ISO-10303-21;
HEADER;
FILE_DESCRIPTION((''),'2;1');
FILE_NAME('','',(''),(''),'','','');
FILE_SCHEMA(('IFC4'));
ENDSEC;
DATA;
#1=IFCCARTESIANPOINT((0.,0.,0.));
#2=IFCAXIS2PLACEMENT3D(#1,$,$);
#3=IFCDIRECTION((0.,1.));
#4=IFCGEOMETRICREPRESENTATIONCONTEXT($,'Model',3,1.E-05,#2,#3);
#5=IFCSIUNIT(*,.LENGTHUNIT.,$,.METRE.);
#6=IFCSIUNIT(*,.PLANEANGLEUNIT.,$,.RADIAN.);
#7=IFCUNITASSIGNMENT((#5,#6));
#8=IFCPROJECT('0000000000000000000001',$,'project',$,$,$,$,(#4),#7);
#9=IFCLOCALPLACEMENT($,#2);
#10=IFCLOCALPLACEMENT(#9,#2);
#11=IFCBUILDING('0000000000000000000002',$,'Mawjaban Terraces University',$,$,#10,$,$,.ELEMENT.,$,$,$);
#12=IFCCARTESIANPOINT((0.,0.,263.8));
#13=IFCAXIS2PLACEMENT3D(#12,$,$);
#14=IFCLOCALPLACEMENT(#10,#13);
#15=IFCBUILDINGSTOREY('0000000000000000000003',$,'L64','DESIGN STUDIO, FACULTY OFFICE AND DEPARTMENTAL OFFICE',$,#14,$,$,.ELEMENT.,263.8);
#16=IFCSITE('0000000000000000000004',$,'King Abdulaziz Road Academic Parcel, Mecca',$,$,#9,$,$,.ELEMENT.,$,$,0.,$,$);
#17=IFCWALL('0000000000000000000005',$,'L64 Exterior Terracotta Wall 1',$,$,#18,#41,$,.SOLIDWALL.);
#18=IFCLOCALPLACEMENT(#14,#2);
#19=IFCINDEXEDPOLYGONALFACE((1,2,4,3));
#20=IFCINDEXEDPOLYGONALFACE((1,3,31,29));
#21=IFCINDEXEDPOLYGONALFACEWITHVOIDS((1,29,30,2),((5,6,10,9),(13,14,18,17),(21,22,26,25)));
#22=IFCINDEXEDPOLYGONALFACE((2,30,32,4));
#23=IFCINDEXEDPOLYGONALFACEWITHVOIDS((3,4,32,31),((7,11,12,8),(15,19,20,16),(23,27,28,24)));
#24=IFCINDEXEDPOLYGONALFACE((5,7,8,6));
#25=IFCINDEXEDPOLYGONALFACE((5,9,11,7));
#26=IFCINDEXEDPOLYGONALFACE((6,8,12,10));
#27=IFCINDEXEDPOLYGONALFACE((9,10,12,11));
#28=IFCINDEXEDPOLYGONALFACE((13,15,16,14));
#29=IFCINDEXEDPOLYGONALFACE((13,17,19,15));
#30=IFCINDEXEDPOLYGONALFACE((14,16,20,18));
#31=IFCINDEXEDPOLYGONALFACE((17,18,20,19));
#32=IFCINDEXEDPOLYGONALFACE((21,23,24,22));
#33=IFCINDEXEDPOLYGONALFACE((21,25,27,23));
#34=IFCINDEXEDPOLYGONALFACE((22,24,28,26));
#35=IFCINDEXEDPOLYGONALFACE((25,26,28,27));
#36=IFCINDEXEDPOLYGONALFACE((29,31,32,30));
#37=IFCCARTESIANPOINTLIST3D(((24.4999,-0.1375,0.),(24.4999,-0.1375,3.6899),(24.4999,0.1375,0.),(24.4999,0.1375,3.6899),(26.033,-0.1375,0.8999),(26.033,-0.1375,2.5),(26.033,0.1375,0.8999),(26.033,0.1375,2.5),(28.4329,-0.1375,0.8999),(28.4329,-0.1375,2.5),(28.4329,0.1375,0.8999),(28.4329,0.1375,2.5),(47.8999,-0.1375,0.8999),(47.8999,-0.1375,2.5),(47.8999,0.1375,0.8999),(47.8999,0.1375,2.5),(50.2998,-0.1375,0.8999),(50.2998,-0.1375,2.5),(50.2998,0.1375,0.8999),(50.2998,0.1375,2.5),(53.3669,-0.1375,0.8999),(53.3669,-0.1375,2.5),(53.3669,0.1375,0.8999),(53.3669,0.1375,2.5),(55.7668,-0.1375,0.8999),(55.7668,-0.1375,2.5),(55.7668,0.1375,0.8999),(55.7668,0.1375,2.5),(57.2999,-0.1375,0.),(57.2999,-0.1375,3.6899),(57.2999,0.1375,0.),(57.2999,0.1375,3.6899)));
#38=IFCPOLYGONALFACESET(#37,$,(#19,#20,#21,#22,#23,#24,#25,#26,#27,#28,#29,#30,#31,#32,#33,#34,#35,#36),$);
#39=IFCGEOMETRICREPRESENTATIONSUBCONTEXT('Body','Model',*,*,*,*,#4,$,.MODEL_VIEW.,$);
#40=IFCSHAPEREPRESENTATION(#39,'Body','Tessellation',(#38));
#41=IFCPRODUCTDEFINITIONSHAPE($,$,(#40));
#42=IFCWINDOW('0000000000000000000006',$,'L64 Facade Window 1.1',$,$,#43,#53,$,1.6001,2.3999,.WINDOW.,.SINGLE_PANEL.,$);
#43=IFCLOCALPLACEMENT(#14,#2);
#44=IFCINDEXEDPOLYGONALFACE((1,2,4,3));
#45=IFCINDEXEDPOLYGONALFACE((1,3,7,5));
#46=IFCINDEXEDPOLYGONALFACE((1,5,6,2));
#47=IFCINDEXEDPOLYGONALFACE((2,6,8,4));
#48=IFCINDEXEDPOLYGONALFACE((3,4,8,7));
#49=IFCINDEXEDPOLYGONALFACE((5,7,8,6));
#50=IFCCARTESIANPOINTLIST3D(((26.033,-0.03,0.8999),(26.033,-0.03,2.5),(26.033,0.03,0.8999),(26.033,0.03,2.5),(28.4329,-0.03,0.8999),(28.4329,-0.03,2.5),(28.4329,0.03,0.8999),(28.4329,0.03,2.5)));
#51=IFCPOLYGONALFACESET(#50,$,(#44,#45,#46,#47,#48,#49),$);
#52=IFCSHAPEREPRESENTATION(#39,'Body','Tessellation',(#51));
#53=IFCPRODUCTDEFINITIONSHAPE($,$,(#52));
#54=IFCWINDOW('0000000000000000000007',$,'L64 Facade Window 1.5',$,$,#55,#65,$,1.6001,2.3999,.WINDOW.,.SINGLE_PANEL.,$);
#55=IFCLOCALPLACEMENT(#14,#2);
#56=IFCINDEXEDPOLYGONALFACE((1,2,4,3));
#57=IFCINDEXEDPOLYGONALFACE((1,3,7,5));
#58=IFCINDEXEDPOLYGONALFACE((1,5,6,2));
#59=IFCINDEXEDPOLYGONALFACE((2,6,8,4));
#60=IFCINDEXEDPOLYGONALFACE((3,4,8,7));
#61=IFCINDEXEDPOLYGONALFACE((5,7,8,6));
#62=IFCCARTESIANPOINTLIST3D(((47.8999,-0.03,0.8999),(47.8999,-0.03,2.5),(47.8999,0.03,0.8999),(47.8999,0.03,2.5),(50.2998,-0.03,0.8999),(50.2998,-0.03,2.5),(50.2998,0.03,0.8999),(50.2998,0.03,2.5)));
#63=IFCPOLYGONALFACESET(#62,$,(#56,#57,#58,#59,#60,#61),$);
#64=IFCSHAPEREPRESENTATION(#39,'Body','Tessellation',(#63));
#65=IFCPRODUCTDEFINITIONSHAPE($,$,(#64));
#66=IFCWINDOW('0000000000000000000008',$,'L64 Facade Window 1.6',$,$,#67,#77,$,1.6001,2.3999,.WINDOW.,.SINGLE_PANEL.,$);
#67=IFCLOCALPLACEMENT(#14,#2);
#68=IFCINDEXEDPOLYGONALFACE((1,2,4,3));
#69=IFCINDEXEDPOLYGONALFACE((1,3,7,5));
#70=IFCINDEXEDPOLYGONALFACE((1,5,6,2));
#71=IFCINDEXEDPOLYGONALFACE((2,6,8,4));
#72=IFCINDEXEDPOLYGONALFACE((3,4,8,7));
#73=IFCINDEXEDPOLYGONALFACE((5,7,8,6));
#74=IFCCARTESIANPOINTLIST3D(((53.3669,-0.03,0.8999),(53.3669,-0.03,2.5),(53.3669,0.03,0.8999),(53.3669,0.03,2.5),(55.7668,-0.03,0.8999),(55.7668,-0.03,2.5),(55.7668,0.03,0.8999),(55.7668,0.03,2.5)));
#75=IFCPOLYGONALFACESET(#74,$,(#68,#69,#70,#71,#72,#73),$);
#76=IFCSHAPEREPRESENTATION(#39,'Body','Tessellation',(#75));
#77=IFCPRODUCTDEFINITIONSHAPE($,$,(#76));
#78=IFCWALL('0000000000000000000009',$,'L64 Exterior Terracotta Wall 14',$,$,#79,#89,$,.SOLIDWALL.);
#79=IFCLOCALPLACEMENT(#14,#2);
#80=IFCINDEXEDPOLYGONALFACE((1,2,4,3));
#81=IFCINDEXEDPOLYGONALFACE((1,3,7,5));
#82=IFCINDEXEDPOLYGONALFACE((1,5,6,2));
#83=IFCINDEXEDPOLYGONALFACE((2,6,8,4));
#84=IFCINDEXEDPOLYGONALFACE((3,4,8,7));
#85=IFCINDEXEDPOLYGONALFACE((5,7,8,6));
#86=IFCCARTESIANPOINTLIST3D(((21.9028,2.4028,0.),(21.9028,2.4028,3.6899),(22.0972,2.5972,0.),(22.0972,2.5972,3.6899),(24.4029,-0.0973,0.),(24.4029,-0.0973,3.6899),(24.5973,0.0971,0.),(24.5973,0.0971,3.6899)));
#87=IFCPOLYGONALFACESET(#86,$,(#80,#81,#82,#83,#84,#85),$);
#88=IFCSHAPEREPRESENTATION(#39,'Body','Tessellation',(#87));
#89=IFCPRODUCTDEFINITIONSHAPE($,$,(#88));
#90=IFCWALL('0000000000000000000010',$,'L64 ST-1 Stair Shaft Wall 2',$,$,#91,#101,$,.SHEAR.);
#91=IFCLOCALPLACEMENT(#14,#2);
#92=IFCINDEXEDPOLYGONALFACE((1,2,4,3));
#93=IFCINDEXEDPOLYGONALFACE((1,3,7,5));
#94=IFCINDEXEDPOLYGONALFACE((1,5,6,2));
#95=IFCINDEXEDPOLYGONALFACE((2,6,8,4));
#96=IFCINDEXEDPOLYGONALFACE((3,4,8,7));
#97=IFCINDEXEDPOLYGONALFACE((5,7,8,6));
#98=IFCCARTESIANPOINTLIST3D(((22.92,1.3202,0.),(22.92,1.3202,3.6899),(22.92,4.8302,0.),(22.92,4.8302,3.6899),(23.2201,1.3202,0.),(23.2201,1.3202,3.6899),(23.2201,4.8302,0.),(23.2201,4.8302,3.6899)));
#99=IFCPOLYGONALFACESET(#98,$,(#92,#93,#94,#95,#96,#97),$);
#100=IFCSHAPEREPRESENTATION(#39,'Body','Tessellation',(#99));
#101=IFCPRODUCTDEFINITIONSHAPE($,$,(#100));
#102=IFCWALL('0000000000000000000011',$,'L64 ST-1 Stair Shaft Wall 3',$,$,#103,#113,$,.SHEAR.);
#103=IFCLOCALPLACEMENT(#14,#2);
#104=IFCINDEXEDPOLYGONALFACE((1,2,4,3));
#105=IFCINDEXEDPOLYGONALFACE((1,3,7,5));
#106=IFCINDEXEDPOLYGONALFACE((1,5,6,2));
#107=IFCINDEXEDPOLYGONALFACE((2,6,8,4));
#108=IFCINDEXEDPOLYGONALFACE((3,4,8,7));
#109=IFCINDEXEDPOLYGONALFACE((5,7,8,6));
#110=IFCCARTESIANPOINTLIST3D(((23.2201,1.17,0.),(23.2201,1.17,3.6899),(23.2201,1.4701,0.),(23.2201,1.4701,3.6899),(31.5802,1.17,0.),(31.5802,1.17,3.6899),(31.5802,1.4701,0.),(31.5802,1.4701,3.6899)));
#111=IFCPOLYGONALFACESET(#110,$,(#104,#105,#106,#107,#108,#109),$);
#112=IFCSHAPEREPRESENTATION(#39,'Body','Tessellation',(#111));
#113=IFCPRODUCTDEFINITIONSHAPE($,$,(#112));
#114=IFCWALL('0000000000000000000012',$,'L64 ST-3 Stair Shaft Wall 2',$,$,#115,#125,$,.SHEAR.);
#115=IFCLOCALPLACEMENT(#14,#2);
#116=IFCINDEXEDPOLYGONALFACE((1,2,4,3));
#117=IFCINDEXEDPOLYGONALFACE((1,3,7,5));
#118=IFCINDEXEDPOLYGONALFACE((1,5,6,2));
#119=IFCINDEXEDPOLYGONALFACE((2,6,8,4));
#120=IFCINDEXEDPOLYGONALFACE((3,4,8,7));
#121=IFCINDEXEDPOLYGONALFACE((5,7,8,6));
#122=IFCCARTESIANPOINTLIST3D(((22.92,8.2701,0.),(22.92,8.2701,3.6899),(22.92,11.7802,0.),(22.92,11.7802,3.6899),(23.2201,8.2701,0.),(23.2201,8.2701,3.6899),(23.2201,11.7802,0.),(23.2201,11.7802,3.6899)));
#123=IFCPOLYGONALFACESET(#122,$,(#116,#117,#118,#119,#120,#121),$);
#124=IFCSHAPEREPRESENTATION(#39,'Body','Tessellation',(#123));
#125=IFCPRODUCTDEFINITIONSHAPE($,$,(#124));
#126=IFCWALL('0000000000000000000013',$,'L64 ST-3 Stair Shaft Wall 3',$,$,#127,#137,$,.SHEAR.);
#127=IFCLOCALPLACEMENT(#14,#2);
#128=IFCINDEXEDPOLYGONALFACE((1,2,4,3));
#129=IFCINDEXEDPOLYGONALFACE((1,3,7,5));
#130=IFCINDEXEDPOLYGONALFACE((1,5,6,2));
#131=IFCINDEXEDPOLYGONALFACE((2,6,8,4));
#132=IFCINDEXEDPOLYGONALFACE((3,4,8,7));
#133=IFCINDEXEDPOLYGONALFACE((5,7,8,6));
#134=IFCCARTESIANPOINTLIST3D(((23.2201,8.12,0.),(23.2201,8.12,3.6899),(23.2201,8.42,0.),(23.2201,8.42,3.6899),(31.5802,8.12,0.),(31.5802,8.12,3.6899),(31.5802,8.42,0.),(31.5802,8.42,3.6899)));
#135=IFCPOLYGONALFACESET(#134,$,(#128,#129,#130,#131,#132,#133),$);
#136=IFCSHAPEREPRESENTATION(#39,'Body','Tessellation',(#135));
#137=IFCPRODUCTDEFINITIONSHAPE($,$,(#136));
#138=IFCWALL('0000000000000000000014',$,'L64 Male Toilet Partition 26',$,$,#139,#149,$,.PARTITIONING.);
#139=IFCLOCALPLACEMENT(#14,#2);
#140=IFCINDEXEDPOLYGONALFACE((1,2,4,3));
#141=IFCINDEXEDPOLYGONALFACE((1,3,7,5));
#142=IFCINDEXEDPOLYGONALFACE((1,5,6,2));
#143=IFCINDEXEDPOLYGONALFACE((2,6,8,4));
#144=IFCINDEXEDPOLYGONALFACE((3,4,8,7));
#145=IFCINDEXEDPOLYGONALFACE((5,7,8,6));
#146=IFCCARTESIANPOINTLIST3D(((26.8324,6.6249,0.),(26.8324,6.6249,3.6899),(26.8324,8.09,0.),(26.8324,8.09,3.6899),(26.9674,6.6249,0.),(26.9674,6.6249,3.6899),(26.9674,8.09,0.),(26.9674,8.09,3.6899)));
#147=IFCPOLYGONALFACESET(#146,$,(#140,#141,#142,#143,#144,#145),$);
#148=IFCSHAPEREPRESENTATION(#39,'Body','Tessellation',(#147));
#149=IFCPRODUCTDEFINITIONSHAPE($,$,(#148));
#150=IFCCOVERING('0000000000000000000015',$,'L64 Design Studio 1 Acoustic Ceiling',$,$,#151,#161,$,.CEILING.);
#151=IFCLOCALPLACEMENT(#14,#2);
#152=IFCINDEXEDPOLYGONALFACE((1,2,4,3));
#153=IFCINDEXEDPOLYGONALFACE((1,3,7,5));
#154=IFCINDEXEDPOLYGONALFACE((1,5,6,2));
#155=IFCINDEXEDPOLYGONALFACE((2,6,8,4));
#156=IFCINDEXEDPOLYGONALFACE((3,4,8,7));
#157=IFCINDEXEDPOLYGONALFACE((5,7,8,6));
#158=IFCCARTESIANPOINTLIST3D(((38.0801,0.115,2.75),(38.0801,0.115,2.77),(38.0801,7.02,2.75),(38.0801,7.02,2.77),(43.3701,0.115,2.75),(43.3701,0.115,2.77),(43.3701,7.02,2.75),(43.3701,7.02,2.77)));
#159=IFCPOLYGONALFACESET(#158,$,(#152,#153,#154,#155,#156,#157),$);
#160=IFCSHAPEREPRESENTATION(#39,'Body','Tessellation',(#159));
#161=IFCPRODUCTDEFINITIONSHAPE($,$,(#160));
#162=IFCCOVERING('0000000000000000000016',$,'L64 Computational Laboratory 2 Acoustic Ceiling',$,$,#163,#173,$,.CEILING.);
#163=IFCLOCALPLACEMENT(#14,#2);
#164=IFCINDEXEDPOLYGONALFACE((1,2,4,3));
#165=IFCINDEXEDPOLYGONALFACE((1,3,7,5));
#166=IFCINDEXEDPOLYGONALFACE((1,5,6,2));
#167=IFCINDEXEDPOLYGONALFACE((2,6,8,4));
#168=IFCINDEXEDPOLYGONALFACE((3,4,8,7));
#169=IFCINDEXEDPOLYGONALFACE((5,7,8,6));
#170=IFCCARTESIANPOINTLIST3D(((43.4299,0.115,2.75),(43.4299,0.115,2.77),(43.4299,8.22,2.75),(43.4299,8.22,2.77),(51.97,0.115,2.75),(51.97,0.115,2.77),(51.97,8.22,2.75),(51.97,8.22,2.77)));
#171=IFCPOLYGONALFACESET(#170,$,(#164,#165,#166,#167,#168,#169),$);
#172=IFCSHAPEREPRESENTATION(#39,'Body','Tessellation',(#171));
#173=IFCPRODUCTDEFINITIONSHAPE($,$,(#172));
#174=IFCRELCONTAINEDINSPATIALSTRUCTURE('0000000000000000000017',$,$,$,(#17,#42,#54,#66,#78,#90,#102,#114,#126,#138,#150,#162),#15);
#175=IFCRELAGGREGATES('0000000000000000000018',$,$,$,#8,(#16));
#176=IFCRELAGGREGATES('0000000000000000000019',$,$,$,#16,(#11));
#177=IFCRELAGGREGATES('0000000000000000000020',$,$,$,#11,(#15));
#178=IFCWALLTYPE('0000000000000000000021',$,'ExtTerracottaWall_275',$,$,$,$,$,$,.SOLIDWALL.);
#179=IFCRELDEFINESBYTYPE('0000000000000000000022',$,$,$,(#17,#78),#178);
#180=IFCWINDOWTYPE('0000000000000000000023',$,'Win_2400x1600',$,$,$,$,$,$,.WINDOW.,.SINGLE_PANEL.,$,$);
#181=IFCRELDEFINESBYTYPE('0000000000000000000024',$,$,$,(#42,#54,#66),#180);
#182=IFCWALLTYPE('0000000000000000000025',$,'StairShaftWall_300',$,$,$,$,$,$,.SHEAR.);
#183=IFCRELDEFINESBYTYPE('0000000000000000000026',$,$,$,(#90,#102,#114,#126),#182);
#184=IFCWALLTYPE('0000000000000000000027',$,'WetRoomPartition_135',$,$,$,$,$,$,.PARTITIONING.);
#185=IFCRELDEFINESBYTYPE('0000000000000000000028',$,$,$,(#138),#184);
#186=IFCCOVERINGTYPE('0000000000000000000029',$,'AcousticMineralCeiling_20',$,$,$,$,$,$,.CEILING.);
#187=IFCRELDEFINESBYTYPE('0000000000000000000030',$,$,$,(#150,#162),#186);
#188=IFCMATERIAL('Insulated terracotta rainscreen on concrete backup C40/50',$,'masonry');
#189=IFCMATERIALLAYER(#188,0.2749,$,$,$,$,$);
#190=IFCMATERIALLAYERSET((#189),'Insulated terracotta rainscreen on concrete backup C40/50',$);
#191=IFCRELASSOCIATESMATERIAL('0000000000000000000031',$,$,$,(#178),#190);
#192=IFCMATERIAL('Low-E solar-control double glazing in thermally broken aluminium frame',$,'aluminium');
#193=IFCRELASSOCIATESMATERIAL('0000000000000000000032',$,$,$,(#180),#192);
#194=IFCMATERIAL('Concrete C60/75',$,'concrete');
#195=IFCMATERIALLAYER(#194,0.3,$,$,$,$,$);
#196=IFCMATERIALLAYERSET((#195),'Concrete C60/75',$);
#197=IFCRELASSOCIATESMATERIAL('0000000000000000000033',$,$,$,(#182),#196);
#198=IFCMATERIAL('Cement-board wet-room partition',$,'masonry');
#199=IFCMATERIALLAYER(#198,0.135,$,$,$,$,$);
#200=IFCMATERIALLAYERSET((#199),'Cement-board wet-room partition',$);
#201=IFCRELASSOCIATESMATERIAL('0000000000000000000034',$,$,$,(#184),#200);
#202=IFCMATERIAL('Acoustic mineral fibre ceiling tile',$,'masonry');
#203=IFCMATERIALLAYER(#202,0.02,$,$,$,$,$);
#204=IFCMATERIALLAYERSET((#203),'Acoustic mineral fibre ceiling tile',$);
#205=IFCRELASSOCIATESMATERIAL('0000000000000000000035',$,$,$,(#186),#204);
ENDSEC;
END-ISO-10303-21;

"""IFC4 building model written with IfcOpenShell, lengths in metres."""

from ifc_helpers import new_model, si_unit, direction, frame, frame_2d, origin, place, context, subcontext, project, spatial, polyline, rectangle, outline, extrude, material, layer, layer_set, type_object, element, fill, save


model = new_model("IFC4")

# Units and contexts
model_context = context("Model", 3, precision=1e-05, world=origin(), true_north=direction((0.0, 1.0)))
body_context = subcontext(model_context, "Body", "Model", "MODEL_VIEW")
ifc_project = project(units=[si_unit("LENGTHUNIT", "METRE"), si_unit("PLANEANGLEUNIT", "RADIAN")], contexts=[model_context])

# Site, building, storey
site_placement = place(None, origin())
site = spatial("IfcSite", under=ifc_project, at=site_placement, Name="King Abdulaziz Road Academic Parcel, Mecca", CompositionType="ELEMENT", RefElevation=0.0)
building_placement = place(site_placement, origin())
building = spatial("IfcBuilding", under=site, at=building_placement, Name="Mawjaban Terraces University", CompositionType="ELEMENT")
storey_placement = place(building_placement, frame((0.0, 0.0, 263.8)))
storey = spatial("IfcBuildingStorey", under=building, at=storey_placement, Name="L64", Description="DESIGN STUDIO, FACULTY OFFICE AND DEPARTMENTAL OFFICE", CompositionType="ELEMENT", Elevation=263.8)

# Wall, openings, windows
ifc_material_1 = material(Name="Insulated terracotta rainscreen on concrete backup C40/50", Category="masonry")
ifc_layer_1 = layer(ifc_material_1, 0.2749)
ifc_layer_set_1 = layer_set([ifc_layer_1], Name="Insulated terracotta rainscreen on concrete backup C40/50")
wall_type_1 = type_object("IfcWallType", Name="ExtTerracottaWall_275", PredefinedType="SOLIDWALL", material=ifc_layer_set_1)
wall_1_placement = place(storey_placement, frame((24.5, 0.0, 0.0), z_axis=(0.0, 0.0, 1.0), x_axis=(1.0, 0.0, 0.0)))
wall_1 = element("IfcWall", 1, at=wall_1_placement, inside=storey, type_object=wall_type_1, Name="L64 Exterior Terracotta Wall 1", PredefinedType="SOLIDWALL", context=body_context, shape_type="SweptSolid", body=[
    extrude(rectangle(XDim=32.8, YDim=0.2749, at=frame_2d((16.3999, 0.0))), origin(), (0.0, 0.0, 1.0), 3.6899),
])
opening_1_placement = place(wall_1_placement, frame((1.533, 0.0, 0.8999)))
opening_1 = element("IfcOpeningElement", 2, at=opening_1_placement, cuts=wall_1, PredefinedType="OPENING", context=body_context, shape_type="SweptSolid", body=[
    extrude(rectangle(XDim=2.3999, YDim=1.6001, at=frame_2d((1.2, 0.8))), frame((0.0, 0.1475, 0.0), z_axis=(0.0, -1.0, 0.0), x_axis=(1.0, 0.0, 0.0)), (0.0, 0.0, 1.0), 0.2949),
])
opening_2_placement = place(wall_1_placement, frame((23.3999, 0.0, 0.8999)))
opening_2 = element("IfcOpeningElement", 3, at=opening_2_placement, cuts=wall_1, PredefinedType="OPENING", context=body_context, shape_type="SweptSolid", body=[
    extrude(rectangle(XDim=2.3999, YDim=1.6001, at=frame_2d((1.2, 0.8))), frame((0.0, 0.1475, 0.0), z_axis=(0.0, -1.0, 0.0), x_axis=(1.0, 0.0, 0.0)), (0.0, 0.0, 1.0), 0.2949),
])
opening_3_placement = place(wall_1_placement, frame((28.8669, 0.0, 0.8999)))
opening_3 = element("IfcOpeningElement", 4, at=opening_3_placement, cuts=wall_1, PredefinedType="OPENING", context=body_context, shape_type="SweptSolid", body=[
    extrude(rectangle(XDim=2.3999, YDim=1.6001, at=frame_2d((1.2, 0.8))), frame((0.0, 0.1475, 0.0), z_axis=(0.0, -1.0, 0.0), x_axis=(1.0, 0.0, 0.0)), (0.0, 0.0, 1.0), 0.2949),
])
ifc_material_2 = material(Name="Low-E solar-control double glazing in thermally broken aluminium frame", Category="aluminium")
window_type = type_object("IfcWindowType", Name="Win_2400x1600", PartitioningType="SINGLE_PANEL", PredefinedType="WINDOW", material=ifc_material_2)
window_1_placement = place(opening_1_placement, origin())
window_1 = element("IfcWindow", 5, at=window_1_placement, inside=storey, type_object=window_type, Name="L64 Facade Window 1.1", OverallHeight=1.6001, OverallWidth=2.3999, PartitioningType="SINGLE_PANEL", PredefinedType="WINDOW", context=body_context, shape_type="SweptSolid", body=[
    extrude(rectangle(XDim=2.3999, YDim=1.6001, at=frame_2d((1.2, 0.8))), frame((0.0, 0.03, 0.0), z_axis=(0.0, -1.0, 0.0), x_axis=(1.0, 0.0, 0.0)), (0.0, 0.0, 1.0), 0.0601),
])
fill(opening_1, window_1)
window_2_placement = place(opening_2_placement, origin())
window_2 = element("IfcWindow", 6, at=window_2_placement, inside=storey, type_object=window_type, Name="L64 Facade Window 1.5", OverallHeight=1.6001, OverallWidth=2.3999, PartitioningType="SINGLE_PANEL", PredefinedType="WINDOW", context=body_context, shape_type="SweptSolid", body=[
    extrude(rectangle(XDim=2.3999, YDim=1.6001, at=frame_2d((1.2, 0.8))), frame((0.0, 0.03, 0.0), z_axis=(0.0, -1.0, 0.0), x_axis=(1.0, 0.0, 0.0)), (0.0, 0.0, 1.0), 0.0601),
])
fill(opening_2, window_2)
window_3_placement = place(opening_3_placement, origin())
window_3 = element("IfcWindow", 7, at=window_3_placement, inside=storey, type_object=window_type, Name="L64 Facade Window 1.6", OverallHeight=1.6001, OverallWidth=2.3999, PartitioningType="SINGLE_PANEL", PredefinedType="WINDOW", context=body_context, shape_type="SweptSolid", body=[
    extrude(rectangle(XDim=2.3999, YDim=1.6001, at=frame_2d((1.2, 0.8))), frame((0.0, 0.03, 0.0), z_axis=(0.0, -1.0, 0.0), x_axis=(1.0, 0.0, 0.0)), (0.0, 0.0, 1.0), 0.0601),
])
fill(opening_3, window_3)

# Walls
wall_2_placement = place(storey_placement, frame((22.0, 2.5, 0.0), z_axis=(0.0, 0.0, 1.0), x_axis=(0.707107, -0.707107, 0.0)))
element("IfcWall", 8, at=wall_2_placement, inside=storey, type_object=wall_type_1, Name="L64 Exterior Terracotta Wall 14", PredefinedType="SOLIDWALL", context=body_context, shape_type="SweptSolid", body=[
    extrude(rectangle(XDim=3.5356, YDim=0.2749, at=frame_2d((1.7678, 0.0))), origin(), (0.0, 0.0, 1.0), 3.6899),
])
ifc_material_3 = material(Name="Concrete C60/75", Category="concrete")
ifc_layer_2 = layer(ifc_material_3, 0.3)
ifc_layer_set_2 = layer_set([ifc_layer_2], Name="Concrete C60/75")
wall_type_2 = type_object("IfcWallType", Name="StairShaftWall_300", PredefinedType="SHEAR", material=ifc_layer_set_2)
wall_3_placement = place(storey_placement, frame((23.0701, 4.8301, 0.0), z_axis=(0.0, 0.0, 1.0), x_axis=(0.0, -1.0, 0.0)))
element("IfcWall", 9, at=wall_3_placement, inside=storey, type_object=wall_type_2, Name="L64 ST-1 Stair Shaft Wall 2", PredefinedType="SHEAR", context=body_context, shape_type="SweptSolid", body=[
    extrude(rectangle(XDim=3.51, YDim=0.3, at=frame_2d((1.7549, 0.0))), origin(), (0.0, 0.0, 1.0), 3.6899),
])
wall_4_placement = place(storey_placement, frame((23.22, 1.3201, 0.0), z_axis=(0.0, 0.0, 1.0), x_axis=(1.0, 0.0, 0.0)))
element("IfcWall", 10, at=wall_4_placement, inside=storey, type_object=wall_type_2, Name="L64 ST-1 Stair Shaft Wall 3", PredefinedType="SHEAR", context=body_context, shape_type="SweptSolid", body=[
    extrude(rectangle(XDim=8.3601, YDim=0.3, at=frame_2d((4.1802, 0.0))), origin(), (0.0, 0.0, 1.0), 3.6899),
])
wall_5_placement = place(storey_placement, frame((23.0701, 11.78, 0.0), z_axis=(0.0, 0.0, 1.0), x_axis=(0.0, -1.0, 0.0)))
element("IfcWall", 11, at=wall_5_placement, inside=storey, type_object=wall_type_2, Name="L64 ST-3 Stair Shaft Wall 2", PredefinedType="SHEAR", context=body_context, shape_type="SweptSolid", body=[
    extrude(rectangle(XDim=3.51, YDim=0.3, at=frame_2d((1.7549, 0.0))), origin(), (0.0, 0.0, 1.0), 3.6899),
])
wall_6_placement = place(storey_placement, frame((23.22, 8.27, 0.0), z_axis=(0.0, 0.0, 1.0), x_axis=(1.0, 0.0, 0.0)))
element("IfcWall", 12, at=wall_6_placement, inside=storey, type_object=wall_type_2, Name="L64 ST-3 Stair Shaft Wall 3", PredefinedType="SHEAR", context=body_context, shape_type="SweptSolid", body=[
    extrude(rectangle(XDim=8.3601, YDim=0.3, at=frame_2d((4.1802, 0.0))), origin(), (0.0, 0.0, 1.0), 3.6899),
])
ifc_material_4 = material(Name="Cement-board wet-room partition", Category="masonry")
ifc_layer_3 = layer(ifc_material_4, 0.135)
ifc_layer_set_3 = layer_set([ifc_layer_3], Name="Cement-board wet-room partition")
wall_type_3 = type_object("IfcWallType", Name="WetRoomPartition_135", PredefinedType="PARTITIONING", material=ifc_layer_set_3)
wall_7_placement = place(storey_placement, frame((26.8999, 6.625, 0.0), z_axis=(0.0, 0.0, 1.0), x_axis=(0.0, 1.0, 0.0)))
element("IfcWall", 13, at=wall_7_placement, inside=storey, type_object=wall_type_3, Name="L64 Male Toilet Partition 26", PredefinedType="PARTITIONING", context=body_context, shape_type="SweptSolid", body=[
    extrude(rectangle(XDim=1.4651, YDim=0.135, at=frame_2d((0.7324, 0.0))), origin(), (0.0, 0.0, 1.0), 3.6899),
])

# Coverings
ifc_material_5 = material(Name="Acoustic mineral fibre ceiling tile", Category="masonry")
ifc_layer_4 = layer(ifc_material_5, 0.02)
ifc_layer_set_4 = layer_set([ifc_layer_4], Name="Acoustic mineral fibre ceiling tile")
covering_type = type_object("IfcCoveringType", Name="AcousticMineralCeiling_20", PredefinedType="CEILING", material=ifc_layer_set_4)
covering_1_placement = place(storey_placement, frame((0.0, 0.0, 2.75)))
element("IfcCovering", 14, at=covering_1_placement, inside=storey, type_object=covering_type, Name="L64 Design Studio 1 Acoustic Ceiling", PredefinedType="CEILING", context=body_context, shape_type="SweptSolid", body=[
    extrude(outline(polyline([(38.0801, 7.02), (38.0801, 0.115), (43.3701, 0.115), (43.3701, 7.02), (38.0801, 7.02)])), origin(), (0.0, 0.0, 1.0), 0.02),
])
covering_2_placement = place(storey_placement, frame((0.0, 0.0, 2.75)))
element("IfcCovering", 15, at=covering_2_placement, inside=storey, type_object=covering_type, Name="L64 Computational Laboratory 2 Acoustic Ceiling", PredefinedType="CEILING", context=body_context, shape_type="SweptSolid", body=[
    extrude(outline(polyline([(43.4299, 0.115), (51.97, 0.115), (51.97, 8.22), (43.4299, 8.22), (43.4299, 0.115)])), origin(), (0.0, 0.0, 1.0), 0.02),
])

save(model, "model.ifc")
